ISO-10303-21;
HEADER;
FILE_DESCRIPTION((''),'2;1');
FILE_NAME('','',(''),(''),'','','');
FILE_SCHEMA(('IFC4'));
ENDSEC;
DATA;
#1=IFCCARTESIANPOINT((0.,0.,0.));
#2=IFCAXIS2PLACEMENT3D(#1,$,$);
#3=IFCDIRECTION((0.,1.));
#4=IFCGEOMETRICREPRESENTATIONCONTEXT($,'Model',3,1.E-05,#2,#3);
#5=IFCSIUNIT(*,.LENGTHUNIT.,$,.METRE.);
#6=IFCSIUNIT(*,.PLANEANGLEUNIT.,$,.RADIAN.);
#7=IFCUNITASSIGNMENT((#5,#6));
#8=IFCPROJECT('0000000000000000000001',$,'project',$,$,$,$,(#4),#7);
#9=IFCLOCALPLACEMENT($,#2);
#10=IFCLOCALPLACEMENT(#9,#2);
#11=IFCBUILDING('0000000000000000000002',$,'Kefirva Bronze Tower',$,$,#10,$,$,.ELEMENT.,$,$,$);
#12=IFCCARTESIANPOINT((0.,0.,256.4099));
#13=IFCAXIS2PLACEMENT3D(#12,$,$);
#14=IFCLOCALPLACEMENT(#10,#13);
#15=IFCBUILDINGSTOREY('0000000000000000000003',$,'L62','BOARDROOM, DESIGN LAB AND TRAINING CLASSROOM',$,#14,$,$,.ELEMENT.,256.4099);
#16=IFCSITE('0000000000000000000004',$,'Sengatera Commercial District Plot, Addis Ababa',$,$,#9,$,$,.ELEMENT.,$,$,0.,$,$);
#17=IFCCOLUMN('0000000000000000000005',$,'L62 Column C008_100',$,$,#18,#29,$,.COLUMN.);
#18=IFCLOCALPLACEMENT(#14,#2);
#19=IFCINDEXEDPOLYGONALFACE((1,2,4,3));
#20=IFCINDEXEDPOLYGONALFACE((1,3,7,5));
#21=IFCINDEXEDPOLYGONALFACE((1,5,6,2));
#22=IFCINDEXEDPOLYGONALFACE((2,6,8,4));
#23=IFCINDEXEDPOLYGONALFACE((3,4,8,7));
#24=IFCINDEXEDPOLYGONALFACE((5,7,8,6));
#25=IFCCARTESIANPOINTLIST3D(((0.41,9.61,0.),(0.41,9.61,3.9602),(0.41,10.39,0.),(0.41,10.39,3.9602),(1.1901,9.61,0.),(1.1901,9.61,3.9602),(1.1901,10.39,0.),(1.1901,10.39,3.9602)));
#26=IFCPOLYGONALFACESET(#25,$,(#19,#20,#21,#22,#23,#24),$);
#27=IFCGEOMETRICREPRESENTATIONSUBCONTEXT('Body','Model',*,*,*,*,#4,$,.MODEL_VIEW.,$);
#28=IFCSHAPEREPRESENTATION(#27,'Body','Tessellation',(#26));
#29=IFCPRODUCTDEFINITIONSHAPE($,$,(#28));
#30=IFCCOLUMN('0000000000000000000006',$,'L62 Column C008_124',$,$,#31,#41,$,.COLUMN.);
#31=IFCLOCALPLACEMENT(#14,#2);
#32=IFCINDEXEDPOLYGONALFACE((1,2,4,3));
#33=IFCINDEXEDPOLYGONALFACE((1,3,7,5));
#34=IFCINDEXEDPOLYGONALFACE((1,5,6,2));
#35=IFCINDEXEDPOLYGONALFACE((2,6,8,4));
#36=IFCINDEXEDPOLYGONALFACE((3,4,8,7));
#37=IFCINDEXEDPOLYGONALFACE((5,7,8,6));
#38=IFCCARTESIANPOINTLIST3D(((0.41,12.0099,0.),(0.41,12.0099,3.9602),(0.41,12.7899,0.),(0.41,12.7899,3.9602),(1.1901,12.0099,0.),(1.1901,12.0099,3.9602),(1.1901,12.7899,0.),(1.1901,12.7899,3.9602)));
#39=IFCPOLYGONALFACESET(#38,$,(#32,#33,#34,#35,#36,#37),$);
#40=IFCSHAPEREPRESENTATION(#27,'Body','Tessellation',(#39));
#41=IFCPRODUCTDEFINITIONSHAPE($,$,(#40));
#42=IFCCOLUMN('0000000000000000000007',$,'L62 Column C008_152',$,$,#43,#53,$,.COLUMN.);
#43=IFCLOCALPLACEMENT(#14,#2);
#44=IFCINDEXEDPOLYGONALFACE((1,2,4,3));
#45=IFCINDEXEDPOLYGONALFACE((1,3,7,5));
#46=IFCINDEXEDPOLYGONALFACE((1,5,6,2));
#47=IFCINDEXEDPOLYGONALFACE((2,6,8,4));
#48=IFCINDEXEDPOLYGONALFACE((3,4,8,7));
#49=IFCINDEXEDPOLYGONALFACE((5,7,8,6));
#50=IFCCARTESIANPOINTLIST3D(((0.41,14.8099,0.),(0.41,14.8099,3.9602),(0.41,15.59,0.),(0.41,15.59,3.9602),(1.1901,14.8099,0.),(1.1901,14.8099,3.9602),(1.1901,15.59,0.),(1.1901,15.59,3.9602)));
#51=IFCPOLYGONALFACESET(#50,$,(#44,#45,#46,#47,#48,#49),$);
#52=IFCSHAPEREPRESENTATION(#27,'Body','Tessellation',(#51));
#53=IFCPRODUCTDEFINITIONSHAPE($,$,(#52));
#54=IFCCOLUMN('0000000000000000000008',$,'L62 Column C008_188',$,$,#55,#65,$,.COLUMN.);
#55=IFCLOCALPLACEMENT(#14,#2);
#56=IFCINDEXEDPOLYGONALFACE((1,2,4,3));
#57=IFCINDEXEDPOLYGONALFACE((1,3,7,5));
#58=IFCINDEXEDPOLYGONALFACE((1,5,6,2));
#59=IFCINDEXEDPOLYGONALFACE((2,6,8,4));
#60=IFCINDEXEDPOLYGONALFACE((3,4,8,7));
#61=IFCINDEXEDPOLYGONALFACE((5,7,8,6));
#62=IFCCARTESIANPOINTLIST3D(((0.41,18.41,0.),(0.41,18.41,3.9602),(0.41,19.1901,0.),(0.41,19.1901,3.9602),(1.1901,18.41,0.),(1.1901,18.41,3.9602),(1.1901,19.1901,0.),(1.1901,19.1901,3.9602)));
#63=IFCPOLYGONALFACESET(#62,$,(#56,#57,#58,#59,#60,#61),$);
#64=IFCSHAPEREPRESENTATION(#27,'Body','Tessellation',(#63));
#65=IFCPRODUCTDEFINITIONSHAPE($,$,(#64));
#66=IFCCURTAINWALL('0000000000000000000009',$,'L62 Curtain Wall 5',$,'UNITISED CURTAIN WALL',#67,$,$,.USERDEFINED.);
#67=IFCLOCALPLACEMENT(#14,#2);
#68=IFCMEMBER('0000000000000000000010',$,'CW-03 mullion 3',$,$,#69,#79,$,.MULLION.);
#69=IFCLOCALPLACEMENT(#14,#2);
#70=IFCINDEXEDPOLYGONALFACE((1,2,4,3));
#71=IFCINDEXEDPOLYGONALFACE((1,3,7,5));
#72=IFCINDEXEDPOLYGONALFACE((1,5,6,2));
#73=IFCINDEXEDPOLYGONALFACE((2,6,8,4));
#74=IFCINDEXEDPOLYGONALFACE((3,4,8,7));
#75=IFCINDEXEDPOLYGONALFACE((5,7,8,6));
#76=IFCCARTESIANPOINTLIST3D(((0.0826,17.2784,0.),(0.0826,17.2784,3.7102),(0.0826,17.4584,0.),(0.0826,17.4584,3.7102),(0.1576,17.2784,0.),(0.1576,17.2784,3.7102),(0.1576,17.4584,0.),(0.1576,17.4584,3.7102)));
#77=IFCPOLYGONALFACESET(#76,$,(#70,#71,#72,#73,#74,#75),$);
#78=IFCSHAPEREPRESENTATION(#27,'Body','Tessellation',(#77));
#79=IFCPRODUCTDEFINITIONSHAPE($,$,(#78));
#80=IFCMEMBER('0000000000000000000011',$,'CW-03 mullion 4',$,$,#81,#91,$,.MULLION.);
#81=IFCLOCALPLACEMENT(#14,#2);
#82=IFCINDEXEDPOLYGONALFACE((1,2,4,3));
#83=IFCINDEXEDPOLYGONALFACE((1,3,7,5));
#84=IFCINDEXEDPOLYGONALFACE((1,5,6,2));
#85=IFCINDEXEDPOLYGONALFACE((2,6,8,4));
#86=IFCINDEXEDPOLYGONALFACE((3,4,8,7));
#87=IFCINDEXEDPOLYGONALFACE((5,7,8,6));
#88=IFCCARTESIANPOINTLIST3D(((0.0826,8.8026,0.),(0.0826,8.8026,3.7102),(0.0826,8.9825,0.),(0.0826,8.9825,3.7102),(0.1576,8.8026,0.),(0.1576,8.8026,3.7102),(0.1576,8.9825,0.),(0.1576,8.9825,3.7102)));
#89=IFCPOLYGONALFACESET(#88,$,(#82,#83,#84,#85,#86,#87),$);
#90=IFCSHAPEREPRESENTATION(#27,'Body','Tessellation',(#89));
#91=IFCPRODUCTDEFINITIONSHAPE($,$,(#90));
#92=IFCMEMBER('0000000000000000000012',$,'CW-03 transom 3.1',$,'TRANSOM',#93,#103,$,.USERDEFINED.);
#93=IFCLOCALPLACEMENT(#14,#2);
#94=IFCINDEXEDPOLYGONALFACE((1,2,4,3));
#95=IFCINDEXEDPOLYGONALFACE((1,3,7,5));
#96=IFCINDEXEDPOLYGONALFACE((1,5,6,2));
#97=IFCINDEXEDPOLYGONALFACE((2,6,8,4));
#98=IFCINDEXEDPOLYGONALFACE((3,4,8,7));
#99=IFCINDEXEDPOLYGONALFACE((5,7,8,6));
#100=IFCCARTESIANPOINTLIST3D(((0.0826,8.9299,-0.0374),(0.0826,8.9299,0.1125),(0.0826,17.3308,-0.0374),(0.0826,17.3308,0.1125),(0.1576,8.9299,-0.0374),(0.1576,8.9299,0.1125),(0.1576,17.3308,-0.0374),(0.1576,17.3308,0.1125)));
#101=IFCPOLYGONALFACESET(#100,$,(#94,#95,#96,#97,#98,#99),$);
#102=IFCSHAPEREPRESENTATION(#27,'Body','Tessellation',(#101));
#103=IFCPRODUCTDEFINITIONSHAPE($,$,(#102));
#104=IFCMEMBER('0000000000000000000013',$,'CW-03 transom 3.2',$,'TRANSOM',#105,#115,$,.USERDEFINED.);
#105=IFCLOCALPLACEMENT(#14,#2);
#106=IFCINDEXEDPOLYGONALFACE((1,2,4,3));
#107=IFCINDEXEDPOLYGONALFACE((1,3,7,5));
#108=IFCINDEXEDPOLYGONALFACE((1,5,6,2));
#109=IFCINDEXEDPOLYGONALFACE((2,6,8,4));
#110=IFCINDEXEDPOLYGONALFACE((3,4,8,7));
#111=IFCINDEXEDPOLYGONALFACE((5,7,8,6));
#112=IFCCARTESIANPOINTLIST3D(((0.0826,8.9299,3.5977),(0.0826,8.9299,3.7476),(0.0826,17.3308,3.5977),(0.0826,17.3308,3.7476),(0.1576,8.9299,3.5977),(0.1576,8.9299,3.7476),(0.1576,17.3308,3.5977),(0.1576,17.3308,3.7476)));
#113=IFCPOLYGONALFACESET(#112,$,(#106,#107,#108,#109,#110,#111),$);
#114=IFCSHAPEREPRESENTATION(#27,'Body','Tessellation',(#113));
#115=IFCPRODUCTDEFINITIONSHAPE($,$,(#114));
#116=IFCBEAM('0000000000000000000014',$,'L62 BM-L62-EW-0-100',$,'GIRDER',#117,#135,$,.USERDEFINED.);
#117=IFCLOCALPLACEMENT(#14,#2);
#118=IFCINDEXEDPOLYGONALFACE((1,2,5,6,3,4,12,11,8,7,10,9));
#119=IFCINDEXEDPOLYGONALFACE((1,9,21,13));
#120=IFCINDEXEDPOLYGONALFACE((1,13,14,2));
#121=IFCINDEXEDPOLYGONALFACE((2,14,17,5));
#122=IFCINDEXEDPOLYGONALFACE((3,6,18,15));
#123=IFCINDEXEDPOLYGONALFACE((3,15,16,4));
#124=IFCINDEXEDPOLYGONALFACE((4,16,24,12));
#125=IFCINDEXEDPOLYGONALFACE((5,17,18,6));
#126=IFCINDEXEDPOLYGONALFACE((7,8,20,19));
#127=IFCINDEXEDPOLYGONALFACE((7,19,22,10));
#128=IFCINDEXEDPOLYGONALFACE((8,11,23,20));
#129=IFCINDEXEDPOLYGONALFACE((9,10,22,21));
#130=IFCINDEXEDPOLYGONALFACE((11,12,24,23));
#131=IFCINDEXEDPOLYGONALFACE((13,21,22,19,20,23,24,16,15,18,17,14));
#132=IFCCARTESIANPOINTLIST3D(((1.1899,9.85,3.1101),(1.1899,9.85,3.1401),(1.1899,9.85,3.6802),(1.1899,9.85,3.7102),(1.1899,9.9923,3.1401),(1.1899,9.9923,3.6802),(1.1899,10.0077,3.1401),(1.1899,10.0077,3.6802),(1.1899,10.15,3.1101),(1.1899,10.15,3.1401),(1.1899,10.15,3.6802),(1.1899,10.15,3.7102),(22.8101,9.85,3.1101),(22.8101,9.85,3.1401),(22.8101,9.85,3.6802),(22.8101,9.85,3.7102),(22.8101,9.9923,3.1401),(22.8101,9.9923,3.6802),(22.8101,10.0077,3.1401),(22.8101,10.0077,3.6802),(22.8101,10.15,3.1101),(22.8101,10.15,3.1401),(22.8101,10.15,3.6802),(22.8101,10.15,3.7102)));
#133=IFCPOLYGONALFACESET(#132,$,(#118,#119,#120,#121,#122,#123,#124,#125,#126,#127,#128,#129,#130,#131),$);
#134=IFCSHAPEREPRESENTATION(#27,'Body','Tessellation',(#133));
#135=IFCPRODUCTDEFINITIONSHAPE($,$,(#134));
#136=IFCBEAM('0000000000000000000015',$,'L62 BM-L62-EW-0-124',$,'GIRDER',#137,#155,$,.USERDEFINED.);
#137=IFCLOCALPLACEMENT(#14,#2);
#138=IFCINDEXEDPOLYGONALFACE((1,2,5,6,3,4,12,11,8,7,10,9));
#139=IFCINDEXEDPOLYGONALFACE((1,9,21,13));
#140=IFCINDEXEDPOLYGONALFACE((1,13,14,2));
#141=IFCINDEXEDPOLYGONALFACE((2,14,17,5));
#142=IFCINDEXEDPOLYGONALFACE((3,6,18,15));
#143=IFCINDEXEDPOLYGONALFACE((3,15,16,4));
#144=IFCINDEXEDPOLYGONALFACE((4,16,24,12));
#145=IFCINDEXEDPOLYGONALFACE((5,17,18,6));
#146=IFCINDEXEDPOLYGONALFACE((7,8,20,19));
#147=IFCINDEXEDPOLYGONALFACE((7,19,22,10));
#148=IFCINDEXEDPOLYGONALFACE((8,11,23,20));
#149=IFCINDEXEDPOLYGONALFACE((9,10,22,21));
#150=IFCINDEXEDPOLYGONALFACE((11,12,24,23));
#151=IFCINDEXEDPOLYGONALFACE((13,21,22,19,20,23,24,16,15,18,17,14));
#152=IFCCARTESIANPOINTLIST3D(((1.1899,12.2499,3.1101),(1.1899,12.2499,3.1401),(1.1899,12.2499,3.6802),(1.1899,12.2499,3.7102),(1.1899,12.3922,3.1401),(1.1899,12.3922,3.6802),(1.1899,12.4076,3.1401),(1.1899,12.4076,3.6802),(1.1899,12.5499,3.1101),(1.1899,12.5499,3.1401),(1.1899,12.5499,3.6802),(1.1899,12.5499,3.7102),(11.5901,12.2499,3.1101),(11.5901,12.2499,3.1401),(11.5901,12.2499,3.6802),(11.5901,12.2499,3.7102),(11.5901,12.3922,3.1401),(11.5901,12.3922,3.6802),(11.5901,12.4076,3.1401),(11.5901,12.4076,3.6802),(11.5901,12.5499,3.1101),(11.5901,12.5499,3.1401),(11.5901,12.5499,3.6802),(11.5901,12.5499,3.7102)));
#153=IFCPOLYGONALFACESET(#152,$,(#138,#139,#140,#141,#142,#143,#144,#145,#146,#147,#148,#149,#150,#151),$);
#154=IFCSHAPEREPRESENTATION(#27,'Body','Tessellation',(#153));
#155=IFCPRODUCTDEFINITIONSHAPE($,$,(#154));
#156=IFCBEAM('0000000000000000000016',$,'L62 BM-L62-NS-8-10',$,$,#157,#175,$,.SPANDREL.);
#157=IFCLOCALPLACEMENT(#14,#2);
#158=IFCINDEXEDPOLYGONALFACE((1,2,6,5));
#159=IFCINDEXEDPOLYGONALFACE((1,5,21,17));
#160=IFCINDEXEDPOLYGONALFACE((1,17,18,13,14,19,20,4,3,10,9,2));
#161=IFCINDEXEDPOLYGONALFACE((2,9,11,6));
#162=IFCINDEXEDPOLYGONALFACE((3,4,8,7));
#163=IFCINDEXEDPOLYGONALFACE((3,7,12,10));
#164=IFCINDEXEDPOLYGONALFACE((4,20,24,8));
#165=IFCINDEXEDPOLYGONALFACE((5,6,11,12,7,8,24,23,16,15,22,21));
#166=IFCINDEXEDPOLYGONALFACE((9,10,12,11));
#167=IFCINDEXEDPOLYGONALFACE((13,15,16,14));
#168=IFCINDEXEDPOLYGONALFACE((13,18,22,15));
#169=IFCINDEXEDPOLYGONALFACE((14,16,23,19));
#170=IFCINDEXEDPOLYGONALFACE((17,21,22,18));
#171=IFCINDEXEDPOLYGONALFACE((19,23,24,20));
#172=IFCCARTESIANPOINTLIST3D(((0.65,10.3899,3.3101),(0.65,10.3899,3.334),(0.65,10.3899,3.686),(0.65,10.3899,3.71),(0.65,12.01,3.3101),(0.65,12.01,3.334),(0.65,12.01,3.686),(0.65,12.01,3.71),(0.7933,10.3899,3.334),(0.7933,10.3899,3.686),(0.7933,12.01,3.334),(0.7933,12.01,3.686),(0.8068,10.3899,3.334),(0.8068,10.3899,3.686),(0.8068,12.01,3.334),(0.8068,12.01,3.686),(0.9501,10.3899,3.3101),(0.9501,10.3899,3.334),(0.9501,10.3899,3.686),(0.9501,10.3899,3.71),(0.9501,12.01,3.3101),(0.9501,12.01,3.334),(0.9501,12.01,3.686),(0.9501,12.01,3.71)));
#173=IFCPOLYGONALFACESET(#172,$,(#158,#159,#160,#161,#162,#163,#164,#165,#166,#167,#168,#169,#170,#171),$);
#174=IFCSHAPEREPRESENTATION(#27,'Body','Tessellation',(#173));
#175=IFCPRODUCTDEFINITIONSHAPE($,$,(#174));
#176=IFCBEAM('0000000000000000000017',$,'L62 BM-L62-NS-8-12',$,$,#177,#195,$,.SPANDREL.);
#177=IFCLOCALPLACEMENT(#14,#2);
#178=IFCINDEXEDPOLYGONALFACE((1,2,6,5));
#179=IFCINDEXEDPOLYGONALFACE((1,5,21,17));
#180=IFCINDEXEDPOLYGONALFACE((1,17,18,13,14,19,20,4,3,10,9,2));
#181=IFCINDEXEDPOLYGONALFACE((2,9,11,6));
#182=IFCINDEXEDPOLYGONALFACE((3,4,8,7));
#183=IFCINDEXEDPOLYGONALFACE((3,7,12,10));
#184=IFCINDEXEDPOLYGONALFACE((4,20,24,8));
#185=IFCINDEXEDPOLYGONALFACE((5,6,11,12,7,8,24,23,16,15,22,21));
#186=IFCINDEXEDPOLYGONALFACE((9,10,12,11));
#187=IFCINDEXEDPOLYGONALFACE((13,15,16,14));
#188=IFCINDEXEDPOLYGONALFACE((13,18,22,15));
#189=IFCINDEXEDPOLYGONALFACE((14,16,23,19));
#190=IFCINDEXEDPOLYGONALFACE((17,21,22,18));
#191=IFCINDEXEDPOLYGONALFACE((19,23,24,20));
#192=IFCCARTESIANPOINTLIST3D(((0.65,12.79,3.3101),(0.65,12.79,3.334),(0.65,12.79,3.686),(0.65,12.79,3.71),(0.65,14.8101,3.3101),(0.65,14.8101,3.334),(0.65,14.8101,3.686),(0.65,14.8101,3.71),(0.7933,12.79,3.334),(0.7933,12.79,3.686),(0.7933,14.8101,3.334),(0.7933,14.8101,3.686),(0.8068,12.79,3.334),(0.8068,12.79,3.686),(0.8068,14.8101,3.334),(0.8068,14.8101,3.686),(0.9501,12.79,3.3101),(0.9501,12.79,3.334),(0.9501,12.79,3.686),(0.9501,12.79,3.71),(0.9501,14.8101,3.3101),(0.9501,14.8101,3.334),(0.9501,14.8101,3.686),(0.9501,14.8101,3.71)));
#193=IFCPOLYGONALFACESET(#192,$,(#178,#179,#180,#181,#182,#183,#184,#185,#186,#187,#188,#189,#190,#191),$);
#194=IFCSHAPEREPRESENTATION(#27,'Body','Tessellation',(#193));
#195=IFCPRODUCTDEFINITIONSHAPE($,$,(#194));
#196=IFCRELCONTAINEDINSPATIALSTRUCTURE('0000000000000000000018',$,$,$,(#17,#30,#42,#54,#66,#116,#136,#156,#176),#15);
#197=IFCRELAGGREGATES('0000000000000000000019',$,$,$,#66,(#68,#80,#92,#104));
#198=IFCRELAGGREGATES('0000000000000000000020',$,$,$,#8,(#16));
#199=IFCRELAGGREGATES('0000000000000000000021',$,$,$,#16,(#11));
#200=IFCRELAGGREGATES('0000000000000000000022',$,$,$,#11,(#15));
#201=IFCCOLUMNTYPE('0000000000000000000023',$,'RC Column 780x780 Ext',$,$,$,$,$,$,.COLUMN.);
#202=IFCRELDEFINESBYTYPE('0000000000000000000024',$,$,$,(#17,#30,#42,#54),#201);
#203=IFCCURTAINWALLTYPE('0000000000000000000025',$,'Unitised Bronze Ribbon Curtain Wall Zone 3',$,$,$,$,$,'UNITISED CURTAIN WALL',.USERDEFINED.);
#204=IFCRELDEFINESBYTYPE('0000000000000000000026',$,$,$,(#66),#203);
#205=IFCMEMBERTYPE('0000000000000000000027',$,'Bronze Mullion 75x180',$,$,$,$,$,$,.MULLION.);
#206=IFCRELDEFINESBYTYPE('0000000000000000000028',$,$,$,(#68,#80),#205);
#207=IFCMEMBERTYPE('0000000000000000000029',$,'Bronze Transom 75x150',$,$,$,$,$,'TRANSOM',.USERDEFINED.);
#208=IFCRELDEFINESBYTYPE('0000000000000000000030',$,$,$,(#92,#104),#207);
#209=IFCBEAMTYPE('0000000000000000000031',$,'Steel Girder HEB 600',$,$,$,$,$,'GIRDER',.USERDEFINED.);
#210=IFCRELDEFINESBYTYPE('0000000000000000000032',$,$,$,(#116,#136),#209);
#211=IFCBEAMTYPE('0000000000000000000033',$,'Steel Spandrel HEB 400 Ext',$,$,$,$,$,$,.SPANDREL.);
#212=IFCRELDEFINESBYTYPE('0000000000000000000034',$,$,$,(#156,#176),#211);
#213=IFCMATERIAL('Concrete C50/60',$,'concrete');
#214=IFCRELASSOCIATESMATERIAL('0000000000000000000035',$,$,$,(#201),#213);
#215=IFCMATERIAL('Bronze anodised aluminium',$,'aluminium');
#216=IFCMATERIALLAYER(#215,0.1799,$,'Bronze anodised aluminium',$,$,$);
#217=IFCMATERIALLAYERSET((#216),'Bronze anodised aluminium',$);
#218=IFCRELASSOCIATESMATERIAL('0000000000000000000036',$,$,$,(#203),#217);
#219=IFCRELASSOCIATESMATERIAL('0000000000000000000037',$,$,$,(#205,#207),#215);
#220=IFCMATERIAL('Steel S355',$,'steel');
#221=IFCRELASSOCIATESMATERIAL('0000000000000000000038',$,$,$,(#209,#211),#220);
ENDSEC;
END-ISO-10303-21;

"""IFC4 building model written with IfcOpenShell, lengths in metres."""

from ifc_helpers import new_model, si_unit, direction, frame, origin, origin_2d, place, context, subcontext, project, spatial, rectangle, i_section, extrude, material, layer, layer_set, material_profile, profile_set, type_object, element, aggregate, save


model = new_model("IFC4")

# Units and contexts
model_context = context("Model", 3, precision=1e-05, world=origin(), true_north=direction((0.0, 1.0)))
body_context = subcontext(model_context, "Body", "Model", "MODEL_VIEW")
ifc_project = project(units=[si_unit("LENGTHUNIT", "METRE"), si_unit("PLANEANGLEUNIT", "RADIAN")], contexts=[model_context])

# Site, building, storey
site_placement = place(None, origin())
site = spatial("IfcSite", under=ifc_project, at=site_placement, Name="Sengatera Commercial District Plot, Addis Ababa", CompositionType="ELEMENT", RefElevation=0.0)
building_placement = place(site_placement, origin())
building = spatial("IfcBuilding", under=site, at=building_placement, Name="Kefirva Bronze Tower", CompositionType="ELEMENT")
storey_placement = place(building_placement, frame((0.0, 0.0, 256.4099)))
storey = spatial("IfcBuildingStorey", under=building, at=storey_placement, Name="L62", Description="BOARDROOM, DESIGN LAB AND TRAINING CLASSROOM", CompositionType="ELEMENT", Elevation=256.4099)

# Columns
ifc_material_1 = material(Name="Concrete C50/60", Category="concrete")
ifc_material_profile_1 = material_profile(ifc_material_1, rectangle(XDim=0.78, YDim=0.78, at=origin_2d()), Name="RC 780x780")
ifc_profile_set_1 = profile_set([ifc_material_profile_1], Name="Concrete C50/60")
column_type = type_object("IfcColumnType", Name="RC Column 780x780 Ext", PredefinedType="COLUMN", material=ifc_profile_set_1)
for number, where, z_axis, x_axis, name in (
    (1, (0.8, 10.0, 0.0), (0.0, 0.0, 1.0), (1.0, 0.0, 0.0), "L62 Column C008_100"),
    (2, (0.8, 12.3999, 0.0), (0.0, 0.0, 1.0), (1.0, 0.0, 0.0), "L62 Column C008_124"),
    (3, (0.8, 15.2, 0.0), (0.0, 0.0, 1.0), (1.0, 0.0, 0.0), "L62 Column C008_152"),
    (4, (0.8, 18.8, 0.0), (0.0, 0.0, 1.0), (1.0, 0.0, 0.0), "L62 Column C008_188"),
):
    element("IfcColumn", number, at=place(storey_placement, frame(where, z_axis=z_axis, x_axis=x_axis)), inside=storey, type_object=column_type, Name=name, PredefinedType="COLUMN", context=body_context, shape_type="SweptSolid", body=[
        extrude(rectangle(XDim=0.78, YDim=0.78, at=origin_2d()), origin(), (0.0, 0.0, 1.0), 3.9602),
    ])

# Curtain wall, members
ifc_material_2 = material(Name="Bronze anodised aluminium", Category="aluminium")
ifc_layer_1 = layer(ifc_material_2, 0.1799, Name="Bronze anodised aluminium")
ifc_layer_set_1 = layer_set([ifc_layer_1], Name="Bronze anodised aluminium")
curtain_wall_type = type_object("IfcCurtainWallType", Name="Unitised Bronze Ribbon Curtain Wall Zone 3", ElementType="UNITISED CURTAIN WALL", PredefinedType="USERDEFINED", material=ifc_layer_set_1)
curtain_wall_placement = place(storey_placement, origin())
curtain_wall = element("IfcCurtainWall", 5, at=curtain_wall_placement, inside=storey, type_object=curtain_wall_type, Name="L62 Curtain Wall 5", ObjectType="UNITISED CURTAIN WALL", PredefinedType="USERDEFINED")
ifc_material_profile_2 = material_profile(ifc_material_2, rectangle(XDim=0.075, YDim=0.1799, at=origin_2d()), Name="ALU 75x180")
ifc_profile_set_2 = profile_set([ifc_material_profile_2], Name="Bronze anodised aluminium")
member_type_1 = type_object("IfcMemberType", Name="Bronze Mullion 75x180", PredefinedType="MULLION", material=ifc_profile_set_2)
member_1_placement = place(storey_placement, frame((0.1201, 17.3684, 0.0), z_axis=(0.0, 0.0, 1.0), x_axis=(1.0, 0.0, 0.0)))
member_1 = element("IfcMember", 6, at=member_1_placement, type_object=member_type_1, Name="CW-03 mullion 3", PredefinedType="MULLION", context=body_context, shape_type="SweptSolid", body=[
    extrude(rectangle(XDim=0.075, YDim=0.1799, at=origin_2d()), origin(), (0.0, 0.0, 1.0), 3.7102),
])
member_2_placement = place(storey_placement, frame((0.1201, 8.8926, 0.0), z_axis=(0.0, 0.0, 1.0), x_axis=(1.0, 0.0, 0.0)))
member_2 = element("IfcMember", 7, at=member_2_placement, type_object=member_type_1, Name="CW-03 mullion 4", PredefinedType="MULLION", context=body_context, shape_type="SweptSolid", body=[
    extrude(rectangle(XDim=0.075, YDim=0.1799, at=origin_2d()), origin(), (0.0, 0.0, 1.0), 3.7102),
])
ifc_material_profile_3 = material_profile(ifc_material_2, rectangle(XDim=0.075, YDim=0.1499, at=origin_2d()), Name="ALU 75x150")
ifc_profile_set_3 = profile_set([ifc_material_profile_3], Name="Bronze anodised aluminium")
member_type_2 = type_object("IfcMemberType", Name="Bronze Transom 75x150", ElementType="TRANSOM", PredefinedType="USERDEFINED", material=ifc_profile_set_3)
member_3_placement = place(storey_placement, frame((0.1201, 17.3308, 0.0376), z_axis=(0.0, -1.0, 0.0), x_axis=(1.0, 0.0, 0.0)))
member_3 = element("IfcMember", 8, at=member_3_placement, type_object=member_type_2, Name="CW-03 transom 3.1", ObjectType="TRANSOM", PredefinedType="USERDEFINED", context=body_context, shape_type="SweptSolid", body=[
    extrude(rectangle(XDim=0.075, YDim=0.1499, at=origin_2d()), origin(), (0.0, 0.0, 1.0), 8.4009),
])
member_4_placement = place(storey_placement, frame((0.1201, 17.3308, 3.6726), z_axis=(0.0, -1.0, 0.0), x_axis=(1.0, 0.0, 0.0)))
member_4 = element("IfcMember", 9, at=member_4_placement, type_object=member_type_2, Name="CW-03 transom 3.2", ObjectType="TRANSOM", PredefinedType="USERDEFINED", context=body_context, shape_type="SweptSolid", body=[
    extrude(rectangle(XDim=0.075, YDim=0.1499, at=origin_2d()), origin(), (0.0, 0.0, 1.0), 8.4009),
])

# Beams
ifc_material_3 = material(Name="Steel S355", Category="steel")
ifc_material_profile_4 = material_profile(ifc_material_3, i_section(OverallWidth=0.3, OverallDepth=0.6001, WebThickness=0.0154, FlangeThickness=0.03, at=origin_2d()), Name="HEB 600")
ifc_profile_set_4 = profile_set([ifc_material_profile_4], Name="Steel S355")
beam_type_1 = type_object("IfcBeamType", Name="Steel Girder HEB 600", ElementType="GIRDER", PredefinedType="USERDEFINED", material=ifc_profile_set_4)
beam_1_placement = place(storey_placement, frame((1.1899, 10.0, 3.4102), z_axis=(1.0, 0.0, 0.0), x_axis=(0.0, 1.0, 0.0)))
element("IfcBeam", 10, at=beam_1_placement, inside=storey, type_object=beam_type_1, Name="L62 BM-L62-EW-0-100", ObjectType="GIRDER", PredefinedType="USERDEFINED", context=body_context, shape_type="SweptSolid", body=[
    extrude(i_section(OverallWidth=0.3, OverallDepth=0.6001, WebThickness=0.0154, FlangeThickness=0.03, at=origin_2d()), origin(), (0.0, 0.0, 1.0), 21.6201),
])
beam_2_placement = place(storey_placement, frame((1.1899, 12.3999, 3.4102), z_axis=(1.0, 0.0, 0.0), x_axis=(0.0, 1.0, 0.0)))
element("IfcBeam", 11, at=beam_2_placement, inside=storey, type_object=beam_type_1, Name="L62 BM-L62-EW-0-124", ObjectType="GIRDER", PredefinedType="USERDEFINED", context=body_context, shape_type="SweptSolid", body=[
    extrude(i_section(OverallWidth=0.3, OverallDepth=0.6001, WebThickness=0.0154, FlangeThickness=0.03, at=origin_2d()), origin(), (0.0, 0.0, 1.0), 10.4001),
])
ifc_material_profile_5 = material_profile(ifc_material_3, i_section(OverallWidth=0.3, OverallDepth=0.3999, WebThickness=0.0134, FlangeThickness=0.0239, at=origin_2d()), Name="HEB 400")
ifc_profile_set_5 = profile_set([ifc_material_profile_5], Name="Steel S355")
beam_type_2 = type_object("IfcBeamType", Name="Steel Spandrel HEB 400 Ext", PredefinedType="SPANDREL", material=ifc_profile_set_5)
beam_3_placement = place(storey_placement, frame((0.8, 10.3899, 3.51), z_axis=(0.0, 1.0, 0.0), x_axis=(-1.0, 0.0, 0.0)))
element("IfcBeam", 12, at=beam_3_placement, inside=storey, type_object=beam_type_2, Name="L62 BM-L62-NS-8-10", PredefinedType="SPANDREL", context=body_context, shape_type="SweptSolid", body=[
    extrude(i_section(OverallWidth=0.3, OverallDepth=0.3999, WebThickness=0.0134, FlangeThickness=0.0239, at=origin_2d()), origin(), (0.0, 0.0, 1.0), 1.6201),
])
beam_4_placement = place(storey_placement, frame((0.8, 12.79, 3.51), z_axis=(0.0, 1.0, 0.0), x_axis=(-1.0, 0.0, 0.0)))
element("IfcBeam", 13, at=beam_4_placement, inside=storey, type_object=beam_type_2, Name="L62 BM-L62-NS-8-12", PredefinedType="SPANDREL", context=body_context, shape_type="SweptSolid", body=[
    extrude(i_section(OverallWidth=0.3, OverallDepth=0.3999, WebThickness=0.0134, FlangeThickness=0.0239, at=origin_2d()), origin(), (0.0, 0.0, 1.0), 2.02),
])

aggregate(curtain_wall, [member_1, member_2, member_3, member_4])

save(model, "model.ifc")
